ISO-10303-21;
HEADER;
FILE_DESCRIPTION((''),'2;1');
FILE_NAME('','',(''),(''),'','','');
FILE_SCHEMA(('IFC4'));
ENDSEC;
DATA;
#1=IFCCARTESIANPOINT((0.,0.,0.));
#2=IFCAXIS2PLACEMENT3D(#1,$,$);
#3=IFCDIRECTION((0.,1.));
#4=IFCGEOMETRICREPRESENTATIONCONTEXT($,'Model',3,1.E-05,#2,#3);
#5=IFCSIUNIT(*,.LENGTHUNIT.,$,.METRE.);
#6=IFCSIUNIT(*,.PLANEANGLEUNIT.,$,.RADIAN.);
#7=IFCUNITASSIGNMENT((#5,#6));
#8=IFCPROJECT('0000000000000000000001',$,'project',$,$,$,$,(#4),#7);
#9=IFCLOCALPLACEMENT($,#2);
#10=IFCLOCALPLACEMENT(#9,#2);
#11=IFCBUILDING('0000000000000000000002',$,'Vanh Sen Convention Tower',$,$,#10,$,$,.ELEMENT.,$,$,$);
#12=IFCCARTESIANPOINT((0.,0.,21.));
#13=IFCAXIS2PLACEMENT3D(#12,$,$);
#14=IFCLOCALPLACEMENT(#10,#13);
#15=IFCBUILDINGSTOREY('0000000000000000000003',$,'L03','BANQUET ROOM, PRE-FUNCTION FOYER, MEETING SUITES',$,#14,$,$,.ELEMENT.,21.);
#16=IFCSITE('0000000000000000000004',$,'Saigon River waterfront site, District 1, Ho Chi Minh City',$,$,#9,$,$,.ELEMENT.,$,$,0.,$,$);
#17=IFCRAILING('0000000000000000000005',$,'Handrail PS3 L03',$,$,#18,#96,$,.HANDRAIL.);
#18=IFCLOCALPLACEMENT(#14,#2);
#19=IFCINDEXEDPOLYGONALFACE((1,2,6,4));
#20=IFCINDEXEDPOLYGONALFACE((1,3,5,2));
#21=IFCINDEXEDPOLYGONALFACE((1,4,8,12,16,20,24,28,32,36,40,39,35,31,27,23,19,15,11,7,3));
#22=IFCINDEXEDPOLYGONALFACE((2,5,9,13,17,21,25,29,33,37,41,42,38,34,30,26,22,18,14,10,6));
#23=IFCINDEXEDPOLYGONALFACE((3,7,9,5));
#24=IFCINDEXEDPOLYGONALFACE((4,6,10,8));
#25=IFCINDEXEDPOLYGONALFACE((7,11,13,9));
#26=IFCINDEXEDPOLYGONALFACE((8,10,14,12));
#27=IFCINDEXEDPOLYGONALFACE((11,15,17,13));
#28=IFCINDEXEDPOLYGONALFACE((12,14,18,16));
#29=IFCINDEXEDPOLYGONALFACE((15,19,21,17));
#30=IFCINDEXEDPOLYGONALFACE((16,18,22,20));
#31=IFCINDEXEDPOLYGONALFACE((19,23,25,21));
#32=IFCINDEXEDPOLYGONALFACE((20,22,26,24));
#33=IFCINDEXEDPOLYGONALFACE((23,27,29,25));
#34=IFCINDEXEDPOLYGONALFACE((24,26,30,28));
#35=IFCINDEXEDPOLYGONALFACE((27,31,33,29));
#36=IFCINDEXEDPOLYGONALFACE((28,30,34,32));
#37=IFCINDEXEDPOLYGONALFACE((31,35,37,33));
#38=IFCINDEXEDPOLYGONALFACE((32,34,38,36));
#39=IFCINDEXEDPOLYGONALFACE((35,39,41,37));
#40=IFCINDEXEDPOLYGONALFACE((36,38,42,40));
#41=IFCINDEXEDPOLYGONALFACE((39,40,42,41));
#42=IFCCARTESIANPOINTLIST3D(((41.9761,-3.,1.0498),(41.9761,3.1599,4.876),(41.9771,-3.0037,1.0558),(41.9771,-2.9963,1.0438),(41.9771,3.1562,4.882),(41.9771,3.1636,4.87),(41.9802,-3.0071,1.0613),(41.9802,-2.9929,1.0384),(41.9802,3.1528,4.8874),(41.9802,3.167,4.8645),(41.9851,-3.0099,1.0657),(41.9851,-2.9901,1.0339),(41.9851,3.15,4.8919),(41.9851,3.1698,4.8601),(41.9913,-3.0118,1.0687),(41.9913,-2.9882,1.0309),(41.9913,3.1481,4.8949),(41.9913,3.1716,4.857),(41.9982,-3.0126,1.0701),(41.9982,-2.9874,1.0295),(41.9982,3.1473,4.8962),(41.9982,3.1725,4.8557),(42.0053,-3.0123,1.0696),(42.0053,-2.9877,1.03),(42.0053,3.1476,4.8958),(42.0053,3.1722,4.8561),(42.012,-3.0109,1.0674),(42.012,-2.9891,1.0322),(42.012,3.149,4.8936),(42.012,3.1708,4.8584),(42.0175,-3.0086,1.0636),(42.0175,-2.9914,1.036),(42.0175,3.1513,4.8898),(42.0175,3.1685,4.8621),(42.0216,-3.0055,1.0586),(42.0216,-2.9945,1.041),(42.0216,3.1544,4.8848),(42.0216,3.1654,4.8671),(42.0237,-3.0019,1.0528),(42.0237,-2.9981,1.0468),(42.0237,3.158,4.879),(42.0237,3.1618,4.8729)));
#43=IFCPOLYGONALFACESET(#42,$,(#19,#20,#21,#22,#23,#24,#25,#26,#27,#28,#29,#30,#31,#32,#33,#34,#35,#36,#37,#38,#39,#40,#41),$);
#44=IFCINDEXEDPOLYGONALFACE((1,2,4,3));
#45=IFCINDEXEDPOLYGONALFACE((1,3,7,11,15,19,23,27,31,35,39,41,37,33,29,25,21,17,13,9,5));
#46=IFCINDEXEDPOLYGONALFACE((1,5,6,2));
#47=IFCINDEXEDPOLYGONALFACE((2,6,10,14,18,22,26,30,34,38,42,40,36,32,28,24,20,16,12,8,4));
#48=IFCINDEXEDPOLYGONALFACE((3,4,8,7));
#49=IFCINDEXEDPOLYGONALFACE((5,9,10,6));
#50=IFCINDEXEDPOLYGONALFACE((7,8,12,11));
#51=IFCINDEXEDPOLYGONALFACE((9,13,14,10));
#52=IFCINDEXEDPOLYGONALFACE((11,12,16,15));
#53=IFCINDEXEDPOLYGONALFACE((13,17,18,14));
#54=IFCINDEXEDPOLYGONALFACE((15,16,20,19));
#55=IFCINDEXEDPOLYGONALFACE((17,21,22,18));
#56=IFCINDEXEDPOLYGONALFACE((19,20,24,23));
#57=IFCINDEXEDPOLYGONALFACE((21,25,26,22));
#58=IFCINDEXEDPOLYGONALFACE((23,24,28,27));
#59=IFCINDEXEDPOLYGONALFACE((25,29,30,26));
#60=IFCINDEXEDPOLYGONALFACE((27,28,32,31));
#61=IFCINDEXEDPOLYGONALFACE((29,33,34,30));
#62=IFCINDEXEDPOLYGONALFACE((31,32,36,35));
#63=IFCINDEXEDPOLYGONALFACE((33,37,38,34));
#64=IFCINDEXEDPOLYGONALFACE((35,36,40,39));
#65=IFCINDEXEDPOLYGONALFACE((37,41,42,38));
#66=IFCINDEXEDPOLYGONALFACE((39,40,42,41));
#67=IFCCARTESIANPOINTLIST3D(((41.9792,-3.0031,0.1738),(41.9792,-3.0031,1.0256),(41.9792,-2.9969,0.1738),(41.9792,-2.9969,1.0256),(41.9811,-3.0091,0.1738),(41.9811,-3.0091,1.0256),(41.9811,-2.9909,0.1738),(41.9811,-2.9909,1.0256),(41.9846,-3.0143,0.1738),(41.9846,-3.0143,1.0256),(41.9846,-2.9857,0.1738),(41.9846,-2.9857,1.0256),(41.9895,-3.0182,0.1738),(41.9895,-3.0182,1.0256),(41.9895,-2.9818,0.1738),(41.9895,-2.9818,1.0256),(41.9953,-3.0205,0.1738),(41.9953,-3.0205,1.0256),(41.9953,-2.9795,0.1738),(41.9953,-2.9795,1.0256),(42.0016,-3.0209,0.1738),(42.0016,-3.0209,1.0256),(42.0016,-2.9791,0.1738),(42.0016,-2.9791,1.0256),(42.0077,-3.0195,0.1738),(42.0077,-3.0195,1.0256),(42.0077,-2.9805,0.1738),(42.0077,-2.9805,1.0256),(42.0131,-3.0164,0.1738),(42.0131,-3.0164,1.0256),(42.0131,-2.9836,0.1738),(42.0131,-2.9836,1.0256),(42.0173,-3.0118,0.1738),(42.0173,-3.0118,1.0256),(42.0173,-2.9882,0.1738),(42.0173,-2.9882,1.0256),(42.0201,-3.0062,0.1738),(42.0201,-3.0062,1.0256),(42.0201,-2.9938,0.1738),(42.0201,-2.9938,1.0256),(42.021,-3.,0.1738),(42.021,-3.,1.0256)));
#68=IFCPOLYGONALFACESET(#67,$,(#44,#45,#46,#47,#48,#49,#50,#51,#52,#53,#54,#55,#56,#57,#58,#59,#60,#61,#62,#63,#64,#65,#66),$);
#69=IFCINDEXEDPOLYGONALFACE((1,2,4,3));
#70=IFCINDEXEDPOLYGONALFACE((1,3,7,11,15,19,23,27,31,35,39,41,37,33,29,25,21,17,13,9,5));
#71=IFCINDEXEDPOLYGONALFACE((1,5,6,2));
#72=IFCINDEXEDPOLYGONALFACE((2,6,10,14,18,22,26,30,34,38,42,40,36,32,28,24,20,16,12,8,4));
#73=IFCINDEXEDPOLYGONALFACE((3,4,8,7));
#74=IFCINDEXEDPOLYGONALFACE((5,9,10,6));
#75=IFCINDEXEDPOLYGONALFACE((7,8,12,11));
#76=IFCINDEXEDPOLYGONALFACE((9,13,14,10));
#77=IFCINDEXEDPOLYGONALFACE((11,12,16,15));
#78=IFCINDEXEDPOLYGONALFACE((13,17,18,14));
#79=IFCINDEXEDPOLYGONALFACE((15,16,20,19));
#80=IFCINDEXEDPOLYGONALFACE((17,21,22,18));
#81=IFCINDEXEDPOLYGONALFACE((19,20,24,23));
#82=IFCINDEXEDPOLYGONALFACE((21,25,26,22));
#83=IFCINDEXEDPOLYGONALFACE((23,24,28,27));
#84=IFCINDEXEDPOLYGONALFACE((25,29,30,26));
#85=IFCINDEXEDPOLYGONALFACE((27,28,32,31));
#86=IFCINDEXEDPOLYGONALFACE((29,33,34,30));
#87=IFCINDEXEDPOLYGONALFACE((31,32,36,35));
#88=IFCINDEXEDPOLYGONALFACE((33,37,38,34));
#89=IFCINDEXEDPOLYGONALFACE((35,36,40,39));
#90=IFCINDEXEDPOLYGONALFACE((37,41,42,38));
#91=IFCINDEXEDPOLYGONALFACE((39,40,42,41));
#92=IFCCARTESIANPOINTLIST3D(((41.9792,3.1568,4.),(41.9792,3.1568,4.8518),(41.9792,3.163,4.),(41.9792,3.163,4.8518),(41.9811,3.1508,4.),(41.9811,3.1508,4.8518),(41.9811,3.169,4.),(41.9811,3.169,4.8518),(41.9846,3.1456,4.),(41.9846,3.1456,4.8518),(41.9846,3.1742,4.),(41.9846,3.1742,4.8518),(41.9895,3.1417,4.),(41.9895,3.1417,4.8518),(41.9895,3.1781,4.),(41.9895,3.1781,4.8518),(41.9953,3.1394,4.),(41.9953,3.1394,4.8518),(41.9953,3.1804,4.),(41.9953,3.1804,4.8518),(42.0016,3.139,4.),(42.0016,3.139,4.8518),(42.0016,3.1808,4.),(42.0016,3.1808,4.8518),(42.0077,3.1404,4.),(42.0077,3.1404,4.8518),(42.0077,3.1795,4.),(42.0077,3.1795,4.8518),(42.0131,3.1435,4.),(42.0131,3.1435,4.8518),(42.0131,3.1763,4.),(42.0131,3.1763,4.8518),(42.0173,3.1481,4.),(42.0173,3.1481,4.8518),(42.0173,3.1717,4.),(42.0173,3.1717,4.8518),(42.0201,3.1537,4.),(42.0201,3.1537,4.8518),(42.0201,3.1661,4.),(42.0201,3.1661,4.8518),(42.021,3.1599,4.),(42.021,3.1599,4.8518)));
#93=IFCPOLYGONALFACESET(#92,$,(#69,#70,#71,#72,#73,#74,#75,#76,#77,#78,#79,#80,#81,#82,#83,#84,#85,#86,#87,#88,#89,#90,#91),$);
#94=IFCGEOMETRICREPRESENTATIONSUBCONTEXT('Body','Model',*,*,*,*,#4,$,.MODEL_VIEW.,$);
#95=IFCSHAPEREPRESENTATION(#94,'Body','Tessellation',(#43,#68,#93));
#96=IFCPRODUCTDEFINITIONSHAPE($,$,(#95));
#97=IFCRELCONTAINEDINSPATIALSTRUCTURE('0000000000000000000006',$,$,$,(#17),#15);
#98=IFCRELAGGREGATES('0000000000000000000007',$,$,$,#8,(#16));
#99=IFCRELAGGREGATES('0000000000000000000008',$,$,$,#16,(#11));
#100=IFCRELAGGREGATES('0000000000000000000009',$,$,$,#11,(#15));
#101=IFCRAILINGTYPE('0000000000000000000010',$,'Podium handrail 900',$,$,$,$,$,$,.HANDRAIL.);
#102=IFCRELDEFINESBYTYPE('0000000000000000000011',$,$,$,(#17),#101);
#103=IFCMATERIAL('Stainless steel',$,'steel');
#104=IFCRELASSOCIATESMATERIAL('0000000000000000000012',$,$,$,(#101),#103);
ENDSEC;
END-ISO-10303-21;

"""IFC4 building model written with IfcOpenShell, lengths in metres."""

from ifc_helpers import new_model, si_unit, direction, frame, origin, origin_2d, place, context, subcontext, project, spatial, circle, extrude, material, type_object, element, save


model = new_model("IFC4")

# Units and contexts
model_context = context("Model", 3, precision=1e-05, world=origin(), true_north=direction((0.0, 1.0)))
body_context = subcontext(model_context, "Body", "Model", "MODEL_VIEW")
ifc_project = project(units=[si_unit("LENGTHUNIT", "METRE"), si_unit("PLANEANGLEUNIT", "RADIAN")], contexts=[model_context])

# Site, building, storey
site_placement = place(None, origin())
site = spatial("IfcSite", under=ifc_project, at=site_placement, Name="Saigon River waterfront site, District 1, Ho Chi Minh City", CompositionType="ELEMENT", RefElevation=0.0)
building_placement = place(site_placement, origin())
building = spatial("IfcBuilding", under=site, at=building_placement, Name="Vanh Sen Convention Tower", CompositionType="ELEMENT")
storey_placement = place(building_placement, frame((0.0, 0.0, 21.0)))
storey = spatial("IfcBuildingStorey", under=building, at=storey_placement, Name="L03", Description="BANQUET ROOM, PRE-FUNCTION FOYER, MEETING SUITES", CompositionType="ELEMENT", Elevation=21.0)

# Railing
ifc_material_1 = material(Name="Stainless steel", Category="steel")
railing_type = type_object("IfcRailingType", Name="Podium handrail 900", PredefinedType="HANDRAIL", material=ifc_material_1)
for number, where, name in (
    (1, (42.0, -3.0, 0.1738), "Handrail PS3 L03"),
):
    element("IfcRailing", number, at=place(storey_placement, frame(where)), inside=storey, type_object=railing_type, Name=name, PredefinedType="HANDRAIL", context=body_context, shape_type="SweptSolid", body=[
        extrude(circle(Radius=0.0239, at=origin_2d()), frame((0.0, 0.0, 0.876), z_axis=(0.0, 0.849468, 0.527639), x_axis=(-1.0, 0.0, 0.0)), (0.0, 0.0, 1.0), 7.2515),
        extrude(circle(Radius=0.021, at=origin_2d()), origin(), (0.0, 0.0, 1.0), 0.8518),
        extrude(circle(Radius=0.021, at=origin_2d()), frame((0.0, 6.1599, 3.8262)), (0.0, 0.0, 1.0), 0.8518),
    ])

save(model, "model.ifc")
